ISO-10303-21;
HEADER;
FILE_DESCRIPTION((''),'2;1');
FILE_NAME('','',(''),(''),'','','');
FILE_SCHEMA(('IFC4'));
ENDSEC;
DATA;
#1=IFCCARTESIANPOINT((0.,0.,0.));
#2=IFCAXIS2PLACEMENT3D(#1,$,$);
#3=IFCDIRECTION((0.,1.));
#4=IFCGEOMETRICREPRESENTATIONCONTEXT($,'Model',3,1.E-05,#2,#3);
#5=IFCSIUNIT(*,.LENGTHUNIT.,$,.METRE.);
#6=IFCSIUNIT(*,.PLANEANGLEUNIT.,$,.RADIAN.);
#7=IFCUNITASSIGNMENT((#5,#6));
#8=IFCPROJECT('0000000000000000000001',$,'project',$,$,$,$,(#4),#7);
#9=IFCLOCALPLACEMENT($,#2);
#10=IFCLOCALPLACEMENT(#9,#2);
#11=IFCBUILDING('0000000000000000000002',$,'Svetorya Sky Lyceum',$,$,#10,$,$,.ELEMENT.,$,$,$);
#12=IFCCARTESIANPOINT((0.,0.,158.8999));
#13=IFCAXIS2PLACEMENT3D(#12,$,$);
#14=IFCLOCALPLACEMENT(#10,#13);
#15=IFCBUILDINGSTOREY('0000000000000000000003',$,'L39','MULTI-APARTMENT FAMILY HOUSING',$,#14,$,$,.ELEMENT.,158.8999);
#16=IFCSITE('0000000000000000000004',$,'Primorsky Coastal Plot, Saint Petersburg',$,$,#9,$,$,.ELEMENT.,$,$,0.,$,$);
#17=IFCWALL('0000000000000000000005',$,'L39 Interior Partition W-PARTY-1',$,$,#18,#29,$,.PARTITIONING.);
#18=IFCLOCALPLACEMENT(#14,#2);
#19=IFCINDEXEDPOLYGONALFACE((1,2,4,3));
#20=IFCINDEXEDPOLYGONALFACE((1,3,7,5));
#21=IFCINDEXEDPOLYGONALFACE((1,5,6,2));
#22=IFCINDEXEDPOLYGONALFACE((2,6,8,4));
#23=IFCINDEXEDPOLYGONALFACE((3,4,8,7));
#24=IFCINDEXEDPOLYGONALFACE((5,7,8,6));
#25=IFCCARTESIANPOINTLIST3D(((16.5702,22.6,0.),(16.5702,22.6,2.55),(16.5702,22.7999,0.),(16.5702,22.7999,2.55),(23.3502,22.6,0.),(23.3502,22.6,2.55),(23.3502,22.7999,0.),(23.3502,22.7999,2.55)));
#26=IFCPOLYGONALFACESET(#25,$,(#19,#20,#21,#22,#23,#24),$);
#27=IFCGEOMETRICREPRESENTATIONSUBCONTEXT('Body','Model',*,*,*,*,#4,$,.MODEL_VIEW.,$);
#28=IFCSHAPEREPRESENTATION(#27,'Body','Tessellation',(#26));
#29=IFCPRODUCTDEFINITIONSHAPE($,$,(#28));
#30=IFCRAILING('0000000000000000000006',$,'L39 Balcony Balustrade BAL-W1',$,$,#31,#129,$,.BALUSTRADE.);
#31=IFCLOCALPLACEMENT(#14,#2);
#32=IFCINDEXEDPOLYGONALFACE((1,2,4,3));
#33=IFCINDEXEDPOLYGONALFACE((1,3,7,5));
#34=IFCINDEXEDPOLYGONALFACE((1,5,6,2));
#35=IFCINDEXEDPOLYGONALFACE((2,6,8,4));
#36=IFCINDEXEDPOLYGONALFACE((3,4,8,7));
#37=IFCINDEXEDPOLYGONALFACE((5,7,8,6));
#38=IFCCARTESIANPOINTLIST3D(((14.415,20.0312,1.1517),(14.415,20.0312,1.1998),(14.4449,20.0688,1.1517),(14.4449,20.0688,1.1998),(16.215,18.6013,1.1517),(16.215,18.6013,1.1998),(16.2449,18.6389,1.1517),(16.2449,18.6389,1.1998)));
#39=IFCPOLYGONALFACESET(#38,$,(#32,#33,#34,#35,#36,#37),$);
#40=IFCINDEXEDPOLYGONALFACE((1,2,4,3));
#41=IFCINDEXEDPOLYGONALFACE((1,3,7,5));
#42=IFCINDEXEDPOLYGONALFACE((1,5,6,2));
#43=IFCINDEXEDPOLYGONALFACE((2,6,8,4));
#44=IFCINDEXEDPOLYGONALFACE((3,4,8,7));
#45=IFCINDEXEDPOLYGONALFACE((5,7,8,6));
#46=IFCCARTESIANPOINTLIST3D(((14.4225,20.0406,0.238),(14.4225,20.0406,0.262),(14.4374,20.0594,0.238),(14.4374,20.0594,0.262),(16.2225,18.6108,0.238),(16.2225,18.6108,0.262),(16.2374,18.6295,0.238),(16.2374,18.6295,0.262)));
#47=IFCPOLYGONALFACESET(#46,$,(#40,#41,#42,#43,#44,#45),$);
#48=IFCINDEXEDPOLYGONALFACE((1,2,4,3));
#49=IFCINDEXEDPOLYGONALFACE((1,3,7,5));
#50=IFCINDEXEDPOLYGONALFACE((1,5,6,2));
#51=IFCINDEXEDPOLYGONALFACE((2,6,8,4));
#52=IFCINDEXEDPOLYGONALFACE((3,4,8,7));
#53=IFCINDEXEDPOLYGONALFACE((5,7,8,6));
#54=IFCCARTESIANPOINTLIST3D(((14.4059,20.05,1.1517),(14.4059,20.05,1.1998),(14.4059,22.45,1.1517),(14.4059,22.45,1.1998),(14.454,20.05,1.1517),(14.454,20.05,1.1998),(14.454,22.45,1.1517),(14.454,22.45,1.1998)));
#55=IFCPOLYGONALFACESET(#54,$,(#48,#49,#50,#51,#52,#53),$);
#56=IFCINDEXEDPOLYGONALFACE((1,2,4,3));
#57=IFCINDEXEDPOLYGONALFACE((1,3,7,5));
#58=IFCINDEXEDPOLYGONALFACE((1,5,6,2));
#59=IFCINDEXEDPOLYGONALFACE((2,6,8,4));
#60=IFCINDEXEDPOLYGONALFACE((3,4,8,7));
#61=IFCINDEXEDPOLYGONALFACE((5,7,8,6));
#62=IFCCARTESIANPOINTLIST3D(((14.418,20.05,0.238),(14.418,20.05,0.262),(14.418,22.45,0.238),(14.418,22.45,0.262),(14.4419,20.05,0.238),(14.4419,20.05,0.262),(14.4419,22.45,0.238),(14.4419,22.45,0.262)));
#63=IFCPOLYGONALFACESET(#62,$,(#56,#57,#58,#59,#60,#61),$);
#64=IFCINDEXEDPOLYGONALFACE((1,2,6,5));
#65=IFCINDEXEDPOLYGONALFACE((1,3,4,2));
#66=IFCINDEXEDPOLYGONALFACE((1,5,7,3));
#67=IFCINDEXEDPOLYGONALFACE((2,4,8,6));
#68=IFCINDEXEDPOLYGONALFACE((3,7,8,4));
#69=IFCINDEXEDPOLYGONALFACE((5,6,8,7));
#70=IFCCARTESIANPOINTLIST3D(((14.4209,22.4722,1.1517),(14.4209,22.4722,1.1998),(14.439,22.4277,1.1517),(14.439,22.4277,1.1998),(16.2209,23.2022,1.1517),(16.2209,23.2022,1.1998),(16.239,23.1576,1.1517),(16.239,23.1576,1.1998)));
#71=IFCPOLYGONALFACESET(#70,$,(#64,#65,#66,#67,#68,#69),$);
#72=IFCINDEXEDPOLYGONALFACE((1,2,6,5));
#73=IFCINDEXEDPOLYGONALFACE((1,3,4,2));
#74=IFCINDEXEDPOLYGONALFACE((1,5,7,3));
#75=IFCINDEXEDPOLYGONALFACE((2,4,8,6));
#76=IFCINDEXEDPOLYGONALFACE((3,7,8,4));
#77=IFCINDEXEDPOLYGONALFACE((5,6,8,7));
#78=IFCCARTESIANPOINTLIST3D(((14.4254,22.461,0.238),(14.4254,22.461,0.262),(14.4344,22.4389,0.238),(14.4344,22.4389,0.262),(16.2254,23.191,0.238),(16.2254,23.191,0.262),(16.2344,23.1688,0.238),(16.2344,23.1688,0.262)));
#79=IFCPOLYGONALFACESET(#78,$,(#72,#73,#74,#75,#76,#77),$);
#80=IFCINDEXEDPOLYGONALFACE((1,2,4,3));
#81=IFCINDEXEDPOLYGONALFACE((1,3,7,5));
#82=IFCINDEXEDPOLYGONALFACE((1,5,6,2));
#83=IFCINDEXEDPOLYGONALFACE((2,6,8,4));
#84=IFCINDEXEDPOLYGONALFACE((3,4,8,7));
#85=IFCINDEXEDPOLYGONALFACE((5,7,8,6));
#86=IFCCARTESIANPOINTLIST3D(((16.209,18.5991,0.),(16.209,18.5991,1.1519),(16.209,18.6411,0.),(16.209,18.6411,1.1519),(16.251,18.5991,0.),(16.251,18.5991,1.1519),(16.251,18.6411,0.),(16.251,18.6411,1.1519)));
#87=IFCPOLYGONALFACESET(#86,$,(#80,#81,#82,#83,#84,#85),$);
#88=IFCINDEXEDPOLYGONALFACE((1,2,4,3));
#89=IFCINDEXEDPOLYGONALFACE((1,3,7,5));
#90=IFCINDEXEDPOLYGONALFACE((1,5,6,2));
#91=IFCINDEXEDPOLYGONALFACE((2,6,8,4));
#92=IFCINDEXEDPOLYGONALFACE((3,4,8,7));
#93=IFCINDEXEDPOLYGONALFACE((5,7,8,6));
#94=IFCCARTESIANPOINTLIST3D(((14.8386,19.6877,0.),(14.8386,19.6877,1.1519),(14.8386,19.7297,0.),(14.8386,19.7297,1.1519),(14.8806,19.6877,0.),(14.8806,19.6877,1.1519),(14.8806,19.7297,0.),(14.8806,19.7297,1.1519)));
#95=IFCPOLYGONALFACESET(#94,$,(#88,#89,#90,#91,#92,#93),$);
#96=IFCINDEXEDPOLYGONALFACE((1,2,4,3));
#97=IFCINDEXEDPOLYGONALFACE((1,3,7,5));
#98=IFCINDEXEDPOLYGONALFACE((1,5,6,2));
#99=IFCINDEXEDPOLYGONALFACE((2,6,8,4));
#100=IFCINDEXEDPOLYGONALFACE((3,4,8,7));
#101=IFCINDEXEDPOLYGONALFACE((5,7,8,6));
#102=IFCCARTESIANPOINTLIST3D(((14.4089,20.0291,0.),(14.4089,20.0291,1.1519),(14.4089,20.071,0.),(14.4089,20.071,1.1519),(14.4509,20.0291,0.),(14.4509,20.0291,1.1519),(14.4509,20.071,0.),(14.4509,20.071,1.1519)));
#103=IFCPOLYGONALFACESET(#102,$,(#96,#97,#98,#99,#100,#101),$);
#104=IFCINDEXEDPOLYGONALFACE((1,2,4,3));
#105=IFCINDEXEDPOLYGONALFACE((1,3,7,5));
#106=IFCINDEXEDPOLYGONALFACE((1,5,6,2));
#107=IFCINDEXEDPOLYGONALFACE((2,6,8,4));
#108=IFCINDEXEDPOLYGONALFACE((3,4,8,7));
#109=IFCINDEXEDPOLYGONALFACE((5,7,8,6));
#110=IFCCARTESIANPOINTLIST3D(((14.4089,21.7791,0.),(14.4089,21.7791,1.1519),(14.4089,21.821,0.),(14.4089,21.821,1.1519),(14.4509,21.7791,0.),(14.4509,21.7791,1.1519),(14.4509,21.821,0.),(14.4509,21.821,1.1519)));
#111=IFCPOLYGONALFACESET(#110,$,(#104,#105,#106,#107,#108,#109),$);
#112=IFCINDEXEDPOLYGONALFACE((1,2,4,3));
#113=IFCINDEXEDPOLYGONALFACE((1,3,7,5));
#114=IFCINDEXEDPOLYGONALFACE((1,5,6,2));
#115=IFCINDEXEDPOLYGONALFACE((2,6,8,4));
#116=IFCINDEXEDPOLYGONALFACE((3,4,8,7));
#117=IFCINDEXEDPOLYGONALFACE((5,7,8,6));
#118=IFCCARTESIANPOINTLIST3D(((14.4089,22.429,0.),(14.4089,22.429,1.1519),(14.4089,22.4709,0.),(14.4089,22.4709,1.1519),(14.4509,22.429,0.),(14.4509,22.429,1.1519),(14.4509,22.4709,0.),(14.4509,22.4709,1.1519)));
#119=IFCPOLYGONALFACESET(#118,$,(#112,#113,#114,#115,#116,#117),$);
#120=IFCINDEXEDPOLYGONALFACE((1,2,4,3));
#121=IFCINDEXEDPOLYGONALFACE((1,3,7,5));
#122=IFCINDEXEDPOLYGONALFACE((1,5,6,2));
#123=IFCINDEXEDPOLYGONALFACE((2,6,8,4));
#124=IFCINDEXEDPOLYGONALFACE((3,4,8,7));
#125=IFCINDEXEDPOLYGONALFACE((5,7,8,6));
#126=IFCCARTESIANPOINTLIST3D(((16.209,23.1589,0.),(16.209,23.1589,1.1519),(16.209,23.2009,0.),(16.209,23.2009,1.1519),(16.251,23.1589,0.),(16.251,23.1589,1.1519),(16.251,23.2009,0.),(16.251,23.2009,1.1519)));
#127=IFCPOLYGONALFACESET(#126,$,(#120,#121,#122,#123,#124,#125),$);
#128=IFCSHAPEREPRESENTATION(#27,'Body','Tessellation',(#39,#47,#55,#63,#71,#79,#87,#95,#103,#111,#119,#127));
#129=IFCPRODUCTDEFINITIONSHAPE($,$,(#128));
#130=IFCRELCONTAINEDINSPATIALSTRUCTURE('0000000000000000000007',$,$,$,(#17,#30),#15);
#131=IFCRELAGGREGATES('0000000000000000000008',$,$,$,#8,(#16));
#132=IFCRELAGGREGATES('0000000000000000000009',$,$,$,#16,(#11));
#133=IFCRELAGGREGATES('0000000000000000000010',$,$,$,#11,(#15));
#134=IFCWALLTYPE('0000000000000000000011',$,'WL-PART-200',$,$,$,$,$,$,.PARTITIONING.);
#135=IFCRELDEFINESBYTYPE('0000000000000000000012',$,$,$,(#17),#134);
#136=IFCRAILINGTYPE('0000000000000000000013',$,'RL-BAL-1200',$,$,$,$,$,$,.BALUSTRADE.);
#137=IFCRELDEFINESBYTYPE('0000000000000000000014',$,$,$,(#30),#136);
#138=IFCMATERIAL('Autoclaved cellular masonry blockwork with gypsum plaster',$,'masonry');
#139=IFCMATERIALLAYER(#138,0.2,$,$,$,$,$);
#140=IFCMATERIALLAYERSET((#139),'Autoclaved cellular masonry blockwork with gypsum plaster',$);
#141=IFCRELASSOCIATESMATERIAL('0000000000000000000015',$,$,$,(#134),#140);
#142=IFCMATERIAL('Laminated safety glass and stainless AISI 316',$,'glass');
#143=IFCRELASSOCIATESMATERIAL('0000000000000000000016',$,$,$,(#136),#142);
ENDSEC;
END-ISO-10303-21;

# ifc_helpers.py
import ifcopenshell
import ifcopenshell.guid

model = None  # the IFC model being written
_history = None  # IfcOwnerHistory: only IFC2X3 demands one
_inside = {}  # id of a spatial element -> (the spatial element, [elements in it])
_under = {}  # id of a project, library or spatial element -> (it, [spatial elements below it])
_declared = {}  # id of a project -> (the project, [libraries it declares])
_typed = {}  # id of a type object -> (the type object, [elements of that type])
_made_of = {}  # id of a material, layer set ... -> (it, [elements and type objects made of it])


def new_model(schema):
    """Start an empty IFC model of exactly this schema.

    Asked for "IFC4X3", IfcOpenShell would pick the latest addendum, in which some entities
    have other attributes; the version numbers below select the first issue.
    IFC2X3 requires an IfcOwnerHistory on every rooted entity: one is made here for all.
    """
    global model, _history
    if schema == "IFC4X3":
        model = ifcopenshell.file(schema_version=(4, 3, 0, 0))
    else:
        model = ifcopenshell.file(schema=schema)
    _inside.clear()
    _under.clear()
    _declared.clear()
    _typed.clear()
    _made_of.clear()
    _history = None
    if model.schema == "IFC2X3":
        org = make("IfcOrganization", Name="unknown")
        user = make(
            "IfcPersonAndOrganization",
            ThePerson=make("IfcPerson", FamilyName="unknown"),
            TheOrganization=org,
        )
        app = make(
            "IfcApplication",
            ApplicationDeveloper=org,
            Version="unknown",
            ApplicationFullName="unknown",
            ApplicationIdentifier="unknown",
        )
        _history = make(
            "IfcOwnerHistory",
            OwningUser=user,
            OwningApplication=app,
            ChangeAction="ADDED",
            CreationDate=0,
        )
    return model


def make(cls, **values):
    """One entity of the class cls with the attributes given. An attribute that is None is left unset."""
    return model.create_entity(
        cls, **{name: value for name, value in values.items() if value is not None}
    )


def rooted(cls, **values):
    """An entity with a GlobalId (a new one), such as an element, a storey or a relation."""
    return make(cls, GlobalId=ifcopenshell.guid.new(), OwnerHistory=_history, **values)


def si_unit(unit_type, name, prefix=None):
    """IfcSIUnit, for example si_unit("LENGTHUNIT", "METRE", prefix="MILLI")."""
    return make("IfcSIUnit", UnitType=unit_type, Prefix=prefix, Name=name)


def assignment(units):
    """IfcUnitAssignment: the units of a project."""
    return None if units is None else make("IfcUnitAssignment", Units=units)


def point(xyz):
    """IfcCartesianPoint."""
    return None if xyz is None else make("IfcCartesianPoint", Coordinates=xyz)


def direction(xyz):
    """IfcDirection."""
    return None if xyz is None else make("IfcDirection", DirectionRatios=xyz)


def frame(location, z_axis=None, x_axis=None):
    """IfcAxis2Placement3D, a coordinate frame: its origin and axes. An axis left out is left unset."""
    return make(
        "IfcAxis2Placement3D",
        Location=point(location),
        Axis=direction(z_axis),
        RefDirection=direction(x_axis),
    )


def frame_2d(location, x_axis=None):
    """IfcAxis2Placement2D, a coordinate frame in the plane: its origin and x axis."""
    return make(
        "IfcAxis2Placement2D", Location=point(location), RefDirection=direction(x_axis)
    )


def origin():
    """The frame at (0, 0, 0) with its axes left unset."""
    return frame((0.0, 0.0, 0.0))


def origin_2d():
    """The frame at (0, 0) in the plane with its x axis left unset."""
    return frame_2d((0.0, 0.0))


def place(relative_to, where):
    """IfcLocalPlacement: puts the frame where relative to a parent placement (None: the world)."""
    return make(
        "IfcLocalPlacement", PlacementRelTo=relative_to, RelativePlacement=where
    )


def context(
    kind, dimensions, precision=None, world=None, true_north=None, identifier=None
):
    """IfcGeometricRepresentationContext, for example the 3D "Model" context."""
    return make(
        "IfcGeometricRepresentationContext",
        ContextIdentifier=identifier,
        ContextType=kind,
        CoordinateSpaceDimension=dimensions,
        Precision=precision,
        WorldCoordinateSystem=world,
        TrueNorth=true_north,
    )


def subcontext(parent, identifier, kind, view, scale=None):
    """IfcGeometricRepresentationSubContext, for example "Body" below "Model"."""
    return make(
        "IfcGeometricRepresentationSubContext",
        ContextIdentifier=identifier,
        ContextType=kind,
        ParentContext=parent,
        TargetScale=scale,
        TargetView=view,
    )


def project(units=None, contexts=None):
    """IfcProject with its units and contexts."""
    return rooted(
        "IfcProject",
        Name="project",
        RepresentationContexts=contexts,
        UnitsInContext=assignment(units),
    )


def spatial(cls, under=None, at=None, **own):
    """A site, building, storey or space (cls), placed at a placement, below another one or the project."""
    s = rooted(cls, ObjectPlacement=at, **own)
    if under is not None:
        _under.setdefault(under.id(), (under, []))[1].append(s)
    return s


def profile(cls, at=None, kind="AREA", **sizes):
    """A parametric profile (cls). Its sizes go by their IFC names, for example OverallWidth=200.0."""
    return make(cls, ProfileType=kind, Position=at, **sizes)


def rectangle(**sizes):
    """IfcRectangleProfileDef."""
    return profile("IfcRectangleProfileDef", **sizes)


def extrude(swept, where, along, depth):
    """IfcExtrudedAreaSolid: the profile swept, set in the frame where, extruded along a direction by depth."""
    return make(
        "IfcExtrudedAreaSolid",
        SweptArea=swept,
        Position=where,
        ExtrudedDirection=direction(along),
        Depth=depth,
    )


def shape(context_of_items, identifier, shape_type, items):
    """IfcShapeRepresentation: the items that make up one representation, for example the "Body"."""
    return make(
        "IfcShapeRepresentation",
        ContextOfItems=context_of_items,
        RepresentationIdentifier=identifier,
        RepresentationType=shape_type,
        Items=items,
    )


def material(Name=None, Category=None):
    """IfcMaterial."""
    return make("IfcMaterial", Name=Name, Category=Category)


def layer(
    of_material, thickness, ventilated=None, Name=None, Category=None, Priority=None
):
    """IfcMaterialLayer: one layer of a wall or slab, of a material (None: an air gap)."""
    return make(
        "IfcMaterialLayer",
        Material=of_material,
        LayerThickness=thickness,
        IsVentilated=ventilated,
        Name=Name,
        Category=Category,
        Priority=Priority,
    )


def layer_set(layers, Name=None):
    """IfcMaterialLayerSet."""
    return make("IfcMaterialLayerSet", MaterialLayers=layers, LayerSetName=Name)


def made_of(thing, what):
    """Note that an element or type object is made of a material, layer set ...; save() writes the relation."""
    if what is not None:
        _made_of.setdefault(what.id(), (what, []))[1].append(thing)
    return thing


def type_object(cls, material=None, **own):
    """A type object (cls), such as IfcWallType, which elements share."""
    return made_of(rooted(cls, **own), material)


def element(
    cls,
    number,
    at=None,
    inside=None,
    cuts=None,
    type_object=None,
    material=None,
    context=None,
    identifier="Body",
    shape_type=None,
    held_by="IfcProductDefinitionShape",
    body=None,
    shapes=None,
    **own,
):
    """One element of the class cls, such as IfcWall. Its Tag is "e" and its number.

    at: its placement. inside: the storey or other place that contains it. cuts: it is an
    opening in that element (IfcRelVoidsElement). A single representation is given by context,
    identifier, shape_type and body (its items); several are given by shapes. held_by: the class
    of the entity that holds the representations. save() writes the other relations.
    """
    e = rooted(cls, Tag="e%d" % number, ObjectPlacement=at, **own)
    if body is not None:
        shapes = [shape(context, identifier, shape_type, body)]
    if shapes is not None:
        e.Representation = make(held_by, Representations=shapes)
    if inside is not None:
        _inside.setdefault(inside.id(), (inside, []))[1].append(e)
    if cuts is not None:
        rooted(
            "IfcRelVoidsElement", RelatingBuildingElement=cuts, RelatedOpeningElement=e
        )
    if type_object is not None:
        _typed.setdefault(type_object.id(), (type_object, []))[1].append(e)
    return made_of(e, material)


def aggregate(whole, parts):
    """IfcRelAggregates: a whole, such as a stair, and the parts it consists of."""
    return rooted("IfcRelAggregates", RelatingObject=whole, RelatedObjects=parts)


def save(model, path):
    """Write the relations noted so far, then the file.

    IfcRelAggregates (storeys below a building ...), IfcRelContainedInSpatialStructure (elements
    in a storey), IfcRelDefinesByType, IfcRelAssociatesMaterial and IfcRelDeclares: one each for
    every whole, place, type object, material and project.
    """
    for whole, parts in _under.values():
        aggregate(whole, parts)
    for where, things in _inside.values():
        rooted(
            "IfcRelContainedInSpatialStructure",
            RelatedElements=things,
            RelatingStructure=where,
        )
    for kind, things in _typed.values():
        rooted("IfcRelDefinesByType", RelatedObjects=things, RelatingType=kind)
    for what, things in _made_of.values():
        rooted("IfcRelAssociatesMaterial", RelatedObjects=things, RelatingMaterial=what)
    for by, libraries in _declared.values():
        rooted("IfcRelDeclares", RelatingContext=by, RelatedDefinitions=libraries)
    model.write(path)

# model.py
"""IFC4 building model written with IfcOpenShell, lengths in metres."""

from ifc_helpers import new_model, si_unit, direction, frame, frame_2d, origin, origin_2d, place, context, subcontext, project, spatial, rectangle, extrude, material, layer, layer_set, type_object, element, save


model = new_model("IFC4")

# Units and contexts
model_context = context("Model", 3, precision=1e-05, world=origin(), true_north=direction((0.0, 1.0)))
body_context = subcontext(model_context, "Body", "Model", "MODEL_VIEW")
ifc_project = project(units=[si_unit("LENGTHUNIT", "METRE"), si_unit("PLANEANGLEUNIT", "RADIAN")], contexts=[model_context])

# Site, building, storey
site_placement = place(None, origin())
site = spatial("IfcSite", under=ifc_project, at=site_placement, Name="Primorsky Coastal Plot, Saint Petersburg", CompositionType="ELEMENT", RefElevation=0.0)
building_placement = place(site_placement, origin())
building = spatial("IfcBuilding", under=site, at=building_placement, Name="Svetorya Sky Lyceum", CompositionType="ELEMENT")
storey_placement = place(building_placement, frame((0.0, 0.0, 158.8999)))
storey = spatial("IfcBuildingStorey", under=building, at=storey_placement, Name="L39", Description="MULTI-APARTMENT FAMILY HOUSING", CompositionType="ELEMENT", Elevation=158.8999)

# Wall
ifc_material_1 = material(Name="Autoclaved cellular masonry blockwork with gypsum plaster", Category="masonry")
ifc_layer_1 = layer(ifc_material_1, 0.2)
ifc_layer_set_1 = layer_set([ifc_layer_1], Name="Autoclaved cellular masonry blockwork with gypsum plaster")
wall_type_1 = type_object("IfcWallType", Name="WL-PART-200", PredefinedType="PARTITIONING", material=ifc_layer_set_1)
wall_1_placement = place(storey_placement, frame((16.5701, 22.7, 0.0), z_axis=(0.0, 0.0, 1.0), x_axis=(1.0, 0.0, 0.0)))
element("IfcWall", 1, at=wall_1_placement, inside=storey, type_object=wall_type_1, Name="L39 Interior Partition W-PARTY-1", PredefinedType="PARTITIONING", context=body_context, shape_type="SweptSolid", body=[
    extrude(rectangle(XDim=6.78, YDim=0.2, at=frame_2d((3.3901, 0.0))), origin(), (0.0, 0.0, 1.0), 2.55),
])

# Railing
ifc_material_2 = material(Name="Laminated safety glass and stainless AISI 316", Category="glass")
railing_type = type_object("IfcRailingType", Name="RL-BAL-1200", PredefinedType="BALUSTRADE", material=ifc_material_2)
railing_placement = place(storey_placement, frame((16.23, 18.6201, 0.0)))
element("IfcRailing", 2, at=railing_placement, inside=storey, type_object=railing_type, Name="L39 Balcony Balustrade BAL-W1", PredefinedType="BALUSTRADE", context=body_context, shape_type="SweptSolid", body=[
    extrude(rectangle(XDim=0.0481, YDim=0.0481, at=origin_2d()), frame((0.0, 0.0, 1.1758), z_axis=(-0.783009, 0.62201, 0.0), x_axis=(-0.62201, -0.783009, 0.0)), (0.0, 0.0, 1.0), 2.2988),
    extrude(rectangle(XDim=0.0239, YDim=0.0239, at=origin_2d()), frame((0.0, 0.0, 0.25), z_axis=(-0.783009, 0.62201, 0.0), x_axis=(-0.62201, -0.783009, 0.0)), (0.0, 0.0, 1.0), 2.2988),
    extrude(rectangle(XDim=0.0481, YDim=0.0481, at=origin_2d()), frame((-1.8, 1.4299, 1.1758), z_axis=(0.0, 1.0, 0.0), x_axis=(-1.0, 0.0, 0.0)), (0.0, 0.0, 1.0), 2.3999),
    extrude(rectangle(XDim=0.0239, YDim=0.0239, at=origin_2d()), frame((-1.8, 1.4299, 0.25), z_axis=(0.0, 1.0, 0.0), x_axis=(-1.0, 0.0, 0.0)), (0.0, 0.0, 1.0), 2.3999),
    extrude(rectangle(XDim=0.0481, YDim=0.0481, at=origin_2d()), frame((-1.8, 3.8298, 1.1758), z_axis=(0.926698, 0.375807, 0.0), x_axis=(-0.375807, 0.926698, 0.0)), (0.0, 0.0, 1.0), 1.9424),
    extrude(rectangle(XDim=0.0239, YDim=0.0239, at=origin_2d()), frame((-1.8, 3.8298, 0.25), z_axis=(0.926698, 0.375807, 0.0), x_axis=(-0.375807, 0.926698, 0.0)), (0.0, 0.0, 1.0), 1.9424),
    extrude(rectangle(XDim=0.042, YDim=0.042, at=origin_2d()), origin(), (0.0, 0.0, 1.0), 1.1519),
    extrude(rectangle(XDim=0.042, YDim=0.042, at=origin_2d()), frame((-1.3704, 1.0886, 0.0)), (0.0, 0.0, 1.0), 1.1519),
    extrude(rectangle(XDim=0.042, YDim=0.042, at=origin_2d()), frame((-1.8, 1.4299, 0.0)), (0.0, 0.0, 1.0), 1.1519),
    extrude(rectangle(XDim=0.042, YDim=0.042, at=origin_2d()), frame((-1.8, 3.1799, 0.0)), (0.0, 0.0, 1.0), 1.1519),
    extrude(rectangle(XDim=0.042, YDim=0.042, at=origin_2d()), frame((-1.8, 3.8298, 0.0)), (0.0, 0.0, 1.0), 1.1519),
    extrude(rectangle(XDim=0.042, YDim=0.042, at=origin_2d()), frame((0.0, 4.5598, 0.0)), (0.0, 0.0, 1.0), 1.1519),
])

save(model, "model.ifc")
